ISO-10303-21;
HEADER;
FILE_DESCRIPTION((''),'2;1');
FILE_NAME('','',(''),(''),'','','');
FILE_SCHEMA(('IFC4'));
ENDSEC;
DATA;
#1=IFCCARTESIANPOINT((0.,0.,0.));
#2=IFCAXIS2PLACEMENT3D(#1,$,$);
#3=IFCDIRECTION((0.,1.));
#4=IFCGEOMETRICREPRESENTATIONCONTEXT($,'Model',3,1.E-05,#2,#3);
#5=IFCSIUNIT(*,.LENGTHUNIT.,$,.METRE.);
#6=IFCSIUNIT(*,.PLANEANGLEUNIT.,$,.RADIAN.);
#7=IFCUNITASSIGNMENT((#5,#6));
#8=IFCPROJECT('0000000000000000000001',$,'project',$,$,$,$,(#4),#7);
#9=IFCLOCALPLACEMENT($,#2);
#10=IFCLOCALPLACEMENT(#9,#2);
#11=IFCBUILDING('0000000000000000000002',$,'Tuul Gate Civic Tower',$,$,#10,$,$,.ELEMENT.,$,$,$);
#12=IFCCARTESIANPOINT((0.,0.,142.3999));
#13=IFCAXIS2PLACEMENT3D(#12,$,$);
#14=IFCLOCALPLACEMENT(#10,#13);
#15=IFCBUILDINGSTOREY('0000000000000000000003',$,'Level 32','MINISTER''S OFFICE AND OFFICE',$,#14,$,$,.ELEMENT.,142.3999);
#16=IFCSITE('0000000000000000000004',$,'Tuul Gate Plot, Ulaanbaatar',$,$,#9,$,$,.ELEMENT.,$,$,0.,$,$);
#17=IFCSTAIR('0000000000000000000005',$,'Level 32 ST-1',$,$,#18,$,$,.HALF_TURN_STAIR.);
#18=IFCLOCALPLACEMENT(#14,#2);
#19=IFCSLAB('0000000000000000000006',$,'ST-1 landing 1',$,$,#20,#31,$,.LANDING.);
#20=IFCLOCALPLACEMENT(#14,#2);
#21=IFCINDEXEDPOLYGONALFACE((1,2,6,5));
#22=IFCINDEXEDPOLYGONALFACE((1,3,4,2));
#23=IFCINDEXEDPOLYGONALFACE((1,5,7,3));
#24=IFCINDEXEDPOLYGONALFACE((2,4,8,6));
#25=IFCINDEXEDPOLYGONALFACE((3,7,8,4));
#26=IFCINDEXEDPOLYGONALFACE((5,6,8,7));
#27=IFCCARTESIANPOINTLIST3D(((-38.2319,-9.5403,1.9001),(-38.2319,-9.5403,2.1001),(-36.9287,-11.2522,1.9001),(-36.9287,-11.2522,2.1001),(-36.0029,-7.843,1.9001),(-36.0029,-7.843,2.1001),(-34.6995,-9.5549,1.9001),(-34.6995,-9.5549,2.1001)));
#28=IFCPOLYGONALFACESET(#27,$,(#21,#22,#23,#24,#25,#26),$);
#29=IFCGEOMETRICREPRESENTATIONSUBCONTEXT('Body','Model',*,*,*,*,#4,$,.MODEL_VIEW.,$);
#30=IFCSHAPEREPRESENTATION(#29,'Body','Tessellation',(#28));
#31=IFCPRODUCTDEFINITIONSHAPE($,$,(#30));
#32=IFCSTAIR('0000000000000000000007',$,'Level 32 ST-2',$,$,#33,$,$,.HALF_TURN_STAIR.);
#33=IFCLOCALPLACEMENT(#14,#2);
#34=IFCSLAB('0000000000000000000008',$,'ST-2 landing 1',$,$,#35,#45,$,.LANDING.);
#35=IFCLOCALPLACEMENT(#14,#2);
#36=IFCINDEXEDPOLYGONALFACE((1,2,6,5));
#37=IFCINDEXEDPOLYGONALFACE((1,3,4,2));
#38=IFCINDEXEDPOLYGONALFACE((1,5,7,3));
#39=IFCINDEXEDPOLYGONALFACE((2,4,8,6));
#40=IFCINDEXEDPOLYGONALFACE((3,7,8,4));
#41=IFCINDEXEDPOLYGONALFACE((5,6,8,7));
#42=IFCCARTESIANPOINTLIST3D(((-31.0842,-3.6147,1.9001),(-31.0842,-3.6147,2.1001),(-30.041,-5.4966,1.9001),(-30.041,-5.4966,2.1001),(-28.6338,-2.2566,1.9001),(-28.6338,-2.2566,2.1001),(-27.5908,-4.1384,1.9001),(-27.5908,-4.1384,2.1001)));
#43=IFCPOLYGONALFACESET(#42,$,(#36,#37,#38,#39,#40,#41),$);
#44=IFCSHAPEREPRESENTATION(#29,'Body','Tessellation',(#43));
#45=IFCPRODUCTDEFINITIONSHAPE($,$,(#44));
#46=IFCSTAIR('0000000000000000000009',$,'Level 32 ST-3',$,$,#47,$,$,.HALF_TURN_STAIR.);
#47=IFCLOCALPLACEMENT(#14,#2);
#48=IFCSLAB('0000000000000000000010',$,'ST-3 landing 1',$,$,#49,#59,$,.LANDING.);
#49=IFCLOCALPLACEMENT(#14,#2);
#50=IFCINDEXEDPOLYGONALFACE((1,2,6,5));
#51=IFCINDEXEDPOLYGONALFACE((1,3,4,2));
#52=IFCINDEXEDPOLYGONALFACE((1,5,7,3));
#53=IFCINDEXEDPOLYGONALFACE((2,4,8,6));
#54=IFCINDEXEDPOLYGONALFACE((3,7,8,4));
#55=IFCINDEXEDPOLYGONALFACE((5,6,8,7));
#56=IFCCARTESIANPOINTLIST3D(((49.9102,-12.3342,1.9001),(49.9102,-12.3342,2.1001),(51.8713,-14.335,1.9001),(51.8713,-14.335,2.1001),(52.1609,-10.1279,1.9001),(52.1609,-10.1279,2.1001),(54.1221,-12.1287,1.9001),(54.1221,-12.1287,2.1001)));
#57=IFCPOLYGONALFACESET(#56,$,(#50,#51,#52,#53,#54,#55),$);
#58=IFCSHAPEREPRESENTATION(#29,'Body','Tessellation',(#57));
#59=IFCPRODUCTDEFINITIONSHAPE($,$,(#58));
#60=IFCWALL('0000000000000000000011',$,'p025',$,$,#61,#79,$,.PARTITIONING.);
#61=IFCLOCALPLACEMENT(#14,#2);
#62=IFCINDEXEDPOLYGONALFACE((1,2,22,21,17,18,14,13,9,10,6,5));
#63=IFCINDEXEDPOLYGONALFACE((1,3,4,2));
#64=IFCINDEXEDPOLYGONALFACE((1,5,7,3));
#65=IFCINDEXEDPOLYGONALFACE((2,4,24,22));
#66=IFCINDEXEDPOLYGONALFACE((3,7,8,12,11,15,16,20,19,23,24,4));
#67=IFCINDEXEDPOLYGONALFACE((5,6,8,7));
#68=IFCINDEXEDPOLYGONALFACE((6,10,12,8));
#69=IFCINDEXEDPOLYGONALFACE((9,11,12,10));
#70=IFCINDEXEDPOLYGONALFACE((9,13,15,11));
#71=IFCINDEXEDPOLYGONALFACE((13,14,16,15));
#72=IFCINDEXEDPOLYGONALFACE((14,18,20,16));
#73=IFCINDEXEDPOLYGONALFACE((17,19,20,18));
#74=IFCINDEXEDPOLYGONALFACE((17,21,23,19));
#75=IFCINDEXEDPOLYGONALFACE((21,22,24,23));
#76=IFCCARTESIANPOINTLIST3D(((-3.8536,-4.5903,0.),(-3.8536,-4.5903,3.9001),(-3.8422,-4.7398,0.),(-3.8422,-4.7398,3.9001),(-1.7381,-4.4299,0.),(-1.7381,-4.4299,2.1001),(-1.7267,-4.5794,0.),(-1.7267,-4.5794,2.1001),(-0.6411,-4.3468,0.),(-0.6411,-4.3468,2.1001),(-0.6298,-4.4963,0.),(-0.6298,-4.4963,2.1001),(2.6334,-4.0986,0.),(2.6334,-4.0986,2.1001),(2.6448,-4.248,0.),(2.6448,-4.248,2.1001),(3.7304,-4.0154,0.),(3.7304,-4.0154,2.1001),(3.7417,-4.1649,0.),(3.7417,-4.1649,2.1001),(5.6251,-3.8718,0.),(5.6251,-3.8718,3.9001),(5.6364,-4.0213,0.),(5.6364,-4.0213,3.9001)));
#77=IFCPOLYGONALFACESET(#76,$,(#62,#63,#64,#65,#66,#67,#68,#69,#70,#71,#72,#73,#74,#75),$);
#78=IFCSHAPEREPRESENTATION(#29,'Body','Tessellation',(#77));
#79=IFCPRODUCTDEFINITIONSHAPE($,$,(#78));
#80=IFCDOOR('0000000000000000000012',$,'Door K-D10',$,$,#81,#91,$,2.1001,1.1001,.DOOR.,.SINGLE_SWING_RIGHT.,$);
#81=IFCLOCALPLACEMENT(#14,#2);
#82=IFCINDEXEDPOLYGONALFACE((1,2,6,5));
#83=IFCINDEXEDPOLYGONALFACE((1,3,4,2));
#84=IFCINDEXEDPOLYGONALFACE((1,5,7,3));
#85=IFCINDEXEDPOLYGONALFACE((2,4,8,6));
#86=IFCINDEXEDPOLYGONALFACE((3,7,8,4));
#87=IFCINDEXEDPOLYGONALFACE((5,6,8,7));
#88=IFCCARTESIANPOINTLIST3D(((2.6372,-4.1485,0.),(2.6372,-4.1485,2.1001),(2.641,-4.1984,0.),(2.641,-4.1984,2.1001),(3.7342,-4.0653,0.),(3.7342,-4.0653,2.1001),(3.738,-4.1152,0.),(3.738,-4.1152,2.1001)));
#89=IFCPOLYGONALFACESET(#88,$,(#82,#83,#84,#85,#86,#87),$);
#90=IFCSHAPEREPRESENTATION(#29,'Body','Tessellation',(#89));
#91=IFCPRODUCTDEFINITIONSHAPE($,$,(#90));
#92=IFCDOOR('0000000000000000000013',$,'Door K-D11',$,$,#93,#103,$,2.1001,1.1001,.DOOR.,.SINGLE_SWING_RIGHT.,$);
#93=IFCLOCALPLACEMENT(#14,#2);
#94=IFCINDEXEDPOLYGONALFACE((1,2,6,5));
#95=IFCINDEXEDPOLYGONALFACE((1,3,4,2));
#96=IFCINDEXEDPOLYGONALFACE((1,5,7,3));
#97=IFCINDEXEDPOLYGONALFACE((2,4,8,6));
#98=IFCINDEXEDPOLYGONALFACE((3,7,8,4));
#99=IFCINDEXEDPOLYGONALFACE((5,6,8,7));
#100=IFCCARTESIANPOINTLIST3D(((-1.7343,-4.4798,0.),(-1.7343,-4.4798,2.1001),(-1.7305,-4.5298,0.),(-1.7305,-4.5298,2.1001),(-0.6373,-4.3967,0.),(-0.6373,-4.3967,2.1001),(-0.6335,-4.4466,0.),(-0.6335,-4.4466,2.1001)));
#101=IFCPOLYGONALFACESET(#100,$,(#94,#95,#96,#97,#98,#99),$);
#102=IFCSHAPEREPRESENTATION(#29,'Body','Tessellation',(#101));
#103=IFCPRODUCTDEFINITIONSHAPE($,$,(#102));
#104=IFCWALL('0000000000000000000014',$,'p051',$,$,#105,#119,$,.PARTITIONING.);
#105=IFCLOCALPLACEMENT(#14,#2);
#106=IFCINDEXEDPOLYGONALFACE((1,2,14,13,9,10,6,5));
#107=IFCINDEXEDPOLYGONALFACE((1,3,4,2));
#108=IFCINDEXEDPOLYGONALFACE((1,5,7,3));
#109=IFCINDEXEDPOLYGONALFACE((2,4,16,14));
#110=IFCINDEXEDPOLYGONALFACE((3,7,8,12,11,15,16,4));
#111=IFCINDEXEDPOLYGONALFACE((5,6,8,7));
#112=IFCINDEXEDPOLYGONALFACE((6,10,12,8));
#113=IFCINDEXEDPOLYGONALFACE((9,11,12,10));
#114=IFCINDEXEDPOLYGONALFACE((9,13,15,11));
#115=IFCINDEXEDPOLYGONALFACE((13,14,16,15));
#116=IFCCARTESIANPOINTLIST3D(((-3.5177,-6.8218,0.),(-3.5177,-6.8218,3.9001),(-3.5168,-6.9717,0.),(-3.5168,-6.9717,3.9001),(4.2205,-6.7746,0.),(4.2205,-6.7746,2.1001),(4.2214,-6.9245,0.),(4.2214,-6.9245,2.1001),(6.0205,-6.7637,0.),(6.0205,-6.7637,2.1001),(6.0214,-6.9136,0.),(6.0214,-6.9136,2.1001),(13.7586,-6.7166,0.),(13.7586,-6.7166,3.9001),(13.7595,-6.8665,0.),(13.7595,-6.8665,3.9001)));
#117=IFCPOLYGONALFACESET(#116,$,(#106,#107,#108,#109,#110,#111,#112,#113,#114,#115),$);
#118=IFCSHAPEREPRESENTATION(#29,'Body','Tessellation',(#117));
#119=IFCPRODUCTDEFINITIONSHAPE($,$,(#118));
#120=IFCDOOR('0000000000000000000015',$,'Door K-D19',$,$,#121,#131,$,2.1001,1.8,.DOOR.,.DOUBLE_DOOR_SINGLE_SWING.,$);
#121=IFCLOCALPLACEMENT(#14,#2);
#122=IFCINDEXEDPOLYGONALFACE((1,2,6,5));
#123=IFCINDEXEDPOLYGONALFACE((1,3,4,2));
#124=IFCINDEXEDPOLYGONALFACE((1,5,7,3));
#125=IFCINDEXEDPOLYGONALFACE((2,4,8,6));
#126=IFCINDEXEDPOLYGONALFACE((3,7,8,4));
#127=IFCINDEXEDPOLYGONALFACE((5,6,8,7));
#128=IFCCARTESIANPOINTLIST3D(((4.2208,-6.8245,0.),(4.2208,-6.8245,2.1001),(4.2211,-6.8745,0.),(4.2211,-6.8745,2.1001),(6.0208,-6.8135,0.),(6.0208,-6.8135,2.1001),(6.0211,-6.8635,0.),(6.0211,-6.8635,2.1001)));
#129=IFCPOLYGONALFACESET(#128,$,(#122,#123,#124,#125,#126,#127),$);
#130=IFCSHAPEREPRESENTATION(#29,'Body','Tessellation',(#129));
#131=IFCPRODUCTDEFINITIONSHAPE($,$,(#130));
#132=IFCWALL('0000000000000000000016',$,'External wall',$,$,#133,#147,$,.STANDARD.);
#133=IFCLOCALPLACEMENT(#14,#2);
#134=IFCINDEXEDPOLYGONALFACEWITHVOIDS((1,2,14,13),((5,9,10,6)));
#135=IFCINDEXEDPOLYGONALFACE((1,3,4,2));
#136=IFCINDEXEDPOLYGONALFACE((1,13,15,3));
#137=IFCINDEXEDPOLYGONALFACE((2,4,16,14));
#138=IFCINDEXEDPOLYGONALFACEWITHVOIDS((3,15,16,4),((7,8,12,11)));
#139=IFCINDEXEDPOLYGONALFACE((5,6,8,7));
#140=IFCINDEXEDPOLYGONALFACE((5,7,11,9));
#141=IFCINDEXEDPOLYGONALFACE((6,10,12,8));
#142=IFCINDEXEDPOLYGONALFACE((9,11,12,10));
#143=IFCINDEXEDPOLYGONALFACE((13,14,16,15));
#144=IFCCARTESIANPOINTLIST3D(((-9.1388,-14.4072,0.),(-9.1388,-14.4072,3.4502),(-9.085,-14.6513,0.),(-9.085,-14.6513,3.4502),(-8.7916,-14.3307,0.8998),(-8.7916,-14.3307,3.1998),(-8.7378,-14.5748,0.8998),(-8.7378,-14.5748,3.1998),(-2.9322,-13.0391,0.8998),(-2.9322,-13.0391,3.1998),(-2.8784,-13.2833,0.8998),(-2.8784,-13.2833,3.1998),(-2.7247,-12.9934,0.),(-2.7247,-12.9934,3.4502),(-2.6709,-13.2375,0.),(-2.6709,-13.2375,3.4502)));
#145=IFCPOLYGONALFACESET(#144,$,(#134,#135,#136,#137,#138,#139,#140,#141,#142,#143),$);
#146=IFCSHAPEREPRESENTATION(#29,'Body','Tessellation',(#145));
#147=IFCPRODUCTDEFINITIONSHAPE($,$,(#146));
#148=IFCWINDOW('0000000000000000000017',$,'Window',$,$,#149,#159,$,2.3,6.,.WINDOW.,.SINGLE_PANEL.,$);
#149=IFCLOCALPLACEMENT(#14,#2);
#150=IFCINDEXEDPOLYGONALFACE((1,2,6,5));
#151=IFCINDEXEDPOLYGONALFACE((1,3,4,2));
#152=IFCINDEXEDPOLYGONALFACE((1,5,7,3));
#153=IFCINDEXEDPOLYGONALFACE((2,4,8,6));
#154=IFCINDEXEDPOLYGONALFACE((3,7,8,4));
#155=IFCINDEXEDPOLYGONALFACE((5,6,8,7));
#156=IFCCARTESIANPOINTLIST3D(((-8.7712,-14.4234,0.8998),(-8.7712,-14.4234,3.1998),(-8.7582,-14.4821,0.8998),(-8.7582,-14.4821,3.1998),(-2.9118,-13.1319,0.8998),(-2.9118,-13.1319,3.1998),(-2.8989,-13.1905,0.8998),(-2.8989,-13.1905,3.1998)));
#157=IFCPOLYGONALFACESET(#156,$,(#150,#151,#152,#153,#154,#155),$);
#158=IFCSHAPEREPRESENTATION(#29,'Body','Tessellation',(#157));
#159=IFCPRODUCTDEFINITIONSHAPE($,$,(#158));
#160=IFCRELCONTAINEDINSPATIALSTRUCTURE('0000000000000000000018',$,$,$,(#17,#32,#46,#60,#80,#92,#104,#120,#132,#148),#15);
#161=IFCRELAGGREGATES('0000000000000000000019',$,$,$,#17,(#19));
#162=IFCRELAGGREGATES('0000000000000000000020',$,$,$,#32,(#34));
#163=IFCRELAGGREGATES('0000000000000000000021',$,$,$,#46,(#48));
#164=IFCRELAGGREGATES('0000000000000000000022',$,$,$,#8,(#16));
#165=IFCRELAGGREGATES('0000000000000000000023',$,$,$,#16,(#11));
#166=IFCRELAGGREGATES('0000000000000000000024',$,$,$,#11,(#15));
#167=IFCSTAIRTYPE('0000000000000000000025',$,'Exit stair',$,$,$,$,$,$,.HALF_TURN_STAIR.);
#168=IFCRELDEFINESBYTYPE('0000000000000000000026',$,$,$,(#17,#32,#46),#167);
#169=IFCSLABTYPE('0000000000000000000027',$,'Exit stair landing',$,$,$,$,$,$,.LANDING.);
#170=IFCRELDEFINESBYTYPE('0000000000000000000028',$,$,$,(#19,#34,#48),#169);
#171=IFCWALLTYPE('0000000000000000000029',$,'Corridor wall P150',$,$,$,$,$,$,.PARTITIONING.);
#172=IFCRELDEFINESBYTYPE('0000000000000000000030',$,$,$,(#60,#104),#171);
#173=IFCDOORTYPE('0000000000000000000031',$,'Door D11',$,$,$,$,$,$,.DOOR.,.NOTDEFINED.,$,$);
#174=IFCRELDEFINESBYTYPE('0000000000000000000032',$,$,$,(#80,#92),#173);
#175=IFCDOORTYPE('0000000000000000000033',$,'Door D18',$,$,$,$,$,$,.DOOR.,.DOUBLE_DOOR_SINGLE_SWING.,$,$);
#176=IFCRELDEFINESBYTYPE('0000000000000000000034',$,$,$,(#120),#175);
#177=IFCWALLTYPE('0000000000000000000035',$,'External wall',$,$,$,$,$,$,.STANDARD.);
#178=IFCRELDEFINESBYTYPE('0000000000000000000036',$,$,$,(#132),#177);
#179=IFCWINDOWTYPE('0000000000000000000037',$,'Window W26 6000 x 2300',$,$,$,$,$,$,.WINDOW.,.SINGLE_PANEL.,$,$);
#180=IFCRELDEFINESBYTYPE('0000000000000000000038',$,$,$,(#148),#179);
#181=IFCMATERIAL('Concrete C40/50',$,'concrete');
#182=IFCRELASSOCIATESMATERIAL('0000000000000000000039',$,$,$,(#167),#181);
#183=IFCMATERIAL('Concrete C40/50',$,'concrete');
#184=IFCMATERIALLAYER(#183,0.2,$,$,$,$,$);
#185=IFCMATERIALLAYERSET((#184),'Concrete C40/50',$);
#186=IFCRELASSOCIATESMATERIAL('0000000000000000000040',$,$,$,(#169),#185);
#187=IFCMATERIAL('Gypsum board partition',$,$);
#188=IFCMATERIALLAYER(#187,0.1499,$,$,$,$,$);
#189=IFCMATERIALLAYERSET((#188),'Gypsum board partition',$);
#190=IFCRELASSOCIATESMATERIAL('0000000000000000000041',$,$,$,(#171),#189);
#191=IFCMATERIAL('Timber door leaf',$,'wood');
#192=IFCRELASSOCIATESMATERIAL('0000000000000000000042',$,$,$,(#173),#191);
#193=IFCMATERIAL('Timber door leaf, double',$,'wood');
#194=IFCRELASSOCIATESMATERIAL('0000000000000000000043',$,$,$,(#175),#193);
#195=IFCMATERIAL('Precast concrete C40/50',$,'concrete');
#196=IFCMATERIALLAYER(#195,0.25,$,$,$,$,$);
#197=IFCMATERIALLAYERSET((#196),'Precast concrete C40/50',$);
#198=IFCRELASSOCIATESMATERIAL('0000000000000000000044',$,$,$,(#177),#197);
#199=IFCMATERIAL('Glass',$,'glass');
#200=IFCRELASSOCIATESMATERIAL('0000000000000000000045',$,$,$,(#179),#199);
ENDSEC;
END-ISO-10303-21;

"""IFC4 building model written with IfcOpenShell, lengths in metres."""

from ifc_helpers import new_model, si_unit, direction, frame, frame_2d, origin, place, context, subcontext, project, spatial, polyline, rectangle, outline, extrude, material, layer, layer_set, type_object, element, fill, aggregate, save


model = new_model("IFC4")

# Units and contexts
model_context = context("Model", 3, precision=1e-05, world=origin(), true_north=direction((0.0, 1.0)))
body_context = subcontext(model_context, "Body", "Model", "MODEL_VIEW")
ifc_project = project(units=[si_unit("LENGTHUNIT", "METRE"), si_unit("PLANEANGLEUNIT", "RADIAN")], contexts=[model_context])

# Site, building, storey
site_placement = place(None, origin())
site = spatial("IfcSite", under=ifc_project, at=site_placement, Name="Tuul Gate Plot, Ulaanbaatar", CompositionType="ELEMENT", RefElevation=0.0)
building_placement = place(site_placement, origin())
building = spatial("IfcBuilding", under=site, at=building_placement, Name="Tuul Gate Civic Tower", CompositionType="ELEMENT")
storey_placement = place(building_placement, frame((0.0, 0.0, 142.3999)))
storey = spatial("IfcBuildingStorey", under=building, at=storey_placement, Name="Level 32", Description="MINISTER'S OFFICE AND OFFICE", CompositionType="ELEMENT", Elevation=142.3999)

# Stairs, slabs
ifc_material_1 = material(Name="Concrete C40/50", Category="concrete")
stair_type = type_object("IfcStairType", Name="Exit stair", PredefinedType="HALF_TURN_STAIR", material=ifc_material_1)
stair_1_placement = place(storey_placement, origin())
stair_1 = element("IfcStair", 1, at=stair_1_placement, inside=storey, type_object=stair_type, Name="Level 32 ST-1", PredefinedType="HALF_TURN_STAIR")
ifc_material_2 = material(Name="Concrete C40/50", Category="concrete")
ifc_layer_1 = layer(ifc_material_2, 0.2)
ifc_layer_set_1 = layer_set([ifc_layer_1], Name="Concrete C40/50")
slab_type = type_object("IfcSlabType", Name="Exit stair landing", PredefinedType="LANDING", material=ifc_layer_set_1)
slab_1_placement = place(storey_placement, frame((0.0, 0.0, 1.9001)))
slab_1 = element("IfcSlab", 2, at=slab_1_placement, type_object=slab_type, Name="ST-1 landing 1", PredefinedType="LANDING", context=body_context, shape_type="SweptSolid", body=[
    extrude(outline(polyline([(-34.6995, -9.5549), (-36.9287, -11.2522), (-38.2319, -9.5403), (-36.0029, -7.843), (-34.6995, -9.5549)])), origin(), (0.0, 0.0, 1.0), 0.2),
])
aggregate(stair_1, [slab_1])
stair_2_placement = place(storey_placement, origin())
stair_2 = element("IfcStair", 3, at=stair_2_placement, inside=storey, type_object=stair_type, Name="Level 32 ST-2", PredefinedType="HALF_TURN_STAIR")
slab_2_placement = place(storey_placement, frame((0.0, 0.0, 1.9001)))
slab_2 = element("IfcSlab", 4, at=slab_2_placement, type_object=slab_type, Name="ST-2 landing 1", PredefinedType="LANDING", context=body_context, shape_type="SweptSolid", body=[
    extrude(outline(polyline([(-27.5908, -4.1384), (-30.041, -5.4966), (-31.0842, -3.6147), (-28.6338, -2.2566), (-27.5908, -4.1384)])), origin(), (0.0, 0.0, 1.0), 0.2),
])
aggregate(stair_2, [slab_2])
stair_3_placement = place(storey_placement, origin())
stair_3 = element("IfcStair", 5, at=stair_3_placement, inside=storey, type_object=stair_type, Name="Level 32 ST-3", PredefinedType="HALF_TURN_STAIR")
slab_3_placement = place(storey_placement, frame((0.0, 0.0, 1.9001)))
slab_3 = element("IfcSlab", 6, at=slab_3_placement, type_object=slab_type, Name="ST-3 landing 1", PredefinedType="LANDING", context=body_context, shape_type="SweptSolid", body=[
    extrude(outline(polyline([(51.8713, -14.335), (49.9102, -12.3342), (52.1609, -10.1279), (54.1221, -12.1287), (51.8713, -14.335)])), origin(), (0.0, 0.0, 1.0), 0.2),
])
aggregate(stair_3, [slab_3])

# Wall, openings, doors
ifc_material_3 = material(Name="Gypsum board partition")
ifc_layer_2 = layer(ifc_material_3, 0.1499)
ifc_layer_set_2 = layer_set([ifc_layer_2], Name="Gypsum board partition")
wall_type_1 = type_object("IfcWallType", Name="Corridor wall P150", PredefinedType="PARTITIONING", material=ifc_layer_set_2)
wall_1_placement = place(storey_placement, frame((-3.8479, -4.665, 0.0), z_axis=(0.0, 0.0, 1.0), x_axis=(0.997139, 0.075585, 0.0)))
wall_1 = element("IfcWall", 7, at=wall_1_placement, inside=storey, type_object=wall_type_1, Name="p025", PredefinedType="PARTITIONING", context=body_context, shape_type="SweptSolid", body=[
    extrude(rectangle(XDim=9.5059, YDim=0.1499, at=frame_2d((4.7529, 0.0))), origin(), (0.0, 0.0, 1.0), 3.9001),
])
opening_1_placement = place(wall_1_placement, frame((6.5056, 0.0, 0.0)))
opening_1 = element("IfcOpeningElement", 8, at=opening_1_placement, cuts=wall_1, PredefinedType="OPENING", context=body_context, shape_type="SweptSolid", body=[
    extrude(rectangle(XDim=1.1001, YDim=2.1001, at=frame_2d((0.55, 1.05))), frame((0.0, 0.085, 0.0), z_axis=(0.0, -1.0, 0.0), x_axis=(1.0, 0.0, 0.0)), (0.0, 0.0, 1.0), 0.1699),
])
opening_2_placement = place(wall_1_placement, frame((2.1216, 0.0, 0.0)))
opening_2 = element("IfcOpeningElement", 9, at=opening_2_placement, cuts=wall_1, PredefinedType="OPENING", context=body_context, shape_type="SweptSolid", body=[
    extrude(rectangle(XDim=1.1001, YDim=2.1001, at=frame_2d((0.55, 1.05))), frame((0.0, 0.085, 0.0), z_axis=(0.0, -1.0, 0.0), x_axis=(1.0, 0.0, 0.0)), (0.0, 0.0, 1.0), 0.1699),
])
ifc_material_4 = material(Name="Timber door leaf", Category="wood")
door_type_1 = type_object("IfcDoorType", Name="Door D11", OperationType="NOTDEFINED", PredefinedType="DOOR", material=ifc_material_4)
door_1_placement = place(opening_1_placement, origin())
door_1 = element("IfcDoor", 10, at=door_1_placement, inside=storey, type_object=door_type_1, Name="Door K-D10", OperationType="SINGLE_SWING_RIGHT", OverallHeight=2.1001, OverallWidth=1.1001, PredefinedType="DOOR", context=body_context, shape_type="SweptSolid", body=[
    extrude(rectangle(XDim=1.1001, YDim=2.1001, at=frame_2d((0.55, 1.05))), frame((0.0, 0.0249, 0.0), z_axis=(0.0, -1.0, 0.0), x_axis=(1.0, 0.0, 0.0)), (0.0, 0.0, 1.0), 0.05),
])
fill(opening_1, door_1)
door_2_placement = place(opening_2_placement, origin())
door_2 = element("IfcDoor", 11, at=door_2_placement, inside=storey, type_object=door_type_1, Name="Door K-D11", OperationType="SINGLE_SWING_RIGHT", OverallHeight=2.1001, OverallWidth=1.1001, PredefinedType="DOOR", context=body_context, shape_type="SweptSolid", body=[
    extrude(rectangle(XDim=1.1001, YDim=2.1001, at=frame_2d((0.55, 1.05))), frame((0.0, 0.0249, 0.0), z_axis=(0.0, -1.0, 0.0), x_axis=(1.0, 0.0, 0.0)), (0.0, 0.0, 1.0), 0.05),
])
fill(opening_2, door_2)

# Wall, opening, door
wall_2_placement = place(storey_placement, frame((-3.5171, -6.8967, 0.0), z_axis=(0.0, 0.0, 1.0), x_axis=(0.999981, 0.006091, 0.0)))
wall_2 = element("IfcWall", 12, at=wall_2_placement, inside=storey, type_object=wall_type_1, Name="p051", PredefinedType="PARTITIONING", context=body_context, shape_type="SweptSolid", body=[
    extrude(rectangle(XDim=17.2766, YDim=0.1499, at=frame_2d((8.6382, 0.0))), origin(), (0.0, 0.0, 1.0), 3.9001),
])
opening_3_placement = place(wall_2_placement, frame((7.7383, 0.0, 0.0)))
opening_3 = element("IfcOpeningElement", 13, at=opening_3_placement, cuts=wall_2, PredefinedType="OPENING", context=body_context, shape_type="SweptSolid", body=[
    extrude(rectangle(XDim=1.8, YDim=2.1001, at=frame_2d((0.8999, 1.05))), frame((0.0, 0.085, 0.0), z_axis=(0.0, -1.0, 0.0), x_axis=(1.0, 0.0, 0.0)), (0.0, 0.0, 1.0), 0.1699),
])
ifc_material_5 = material(Name="Timber door leaf, double", Category="wood")
door_type_2 = type_object("IfcDoorType", Name="Door D18", OperationType="DOUBLE_DOOR_SINGLE_SWING", PredefinedType="DOOR", material=ifc_material_5)
door_3_placement = place(opening_3_placement, frame((1.8, 0.0, 0.0), z_axis=(0.0, 0.0, 1.0), x_axis=(-1.0, 0.0, 0.0)))
door_3 = element("IfcDoor", 14, at=door_3_placement, inside=storey, type_object=door_type_2, Name="Door K-D19", OperationType="DOUBLE_DOOR_SINGLE_SWING", OverallHeight=2.1001, OverallWidth=1.8, PredefinedType="DOOR", context=body_context, shape_type="SweptSolid", body=[
    extrude(rectangle(XDim=1.8, YDim=2.1001, at=frame_2d((0.9001, 1.05))), frame((0.0, 0.0249, 0.0), z_axis=(0.0, -1.0, 0.0), x_axis=(1.0, 0.0, 0.0)), (0.0, 0.0, 1.0), 0.05),
])
fill(opening_3, door_3)

# Wall, opening, window
ifc_material_6 = material(Name="Precast concrete C40/50", Category="concrete")
ifc_layer_3 = layer(ifc_material_6, 0.25)
ifc_layer_set_3 = layer_set([ifc_layer_3], Name="Precast concrete C40/50")
wall_type_2 = type_object("IfcWallType", Name="External wall", PredefinedType="STANDARD", material=ifc_layer_set_3)
wall_3_placement = place(storey_placement, frame((-9.1121, -14.5293, 0.0), z_axis=(0.0, 0.0, 1.0), x_axis=(0.976557, 0.215257, 0.0)))
wall_3 = element("IfcWall", 15, at=wall_3_placement, inside=storey, type_object=wall_type_2, Name="External wall", PredefinedType="STANDARD", context=body_context, shape_type="SweptSolid", body=[
    extrude(rectangle(XDim=6.5681, YDim=0.25, at=frame_2d((3.2842, 0.0))), origin(), (0.0, 0.0, 1.0), 3.4502),
])
opening_4_placement = place(wall_3_placement, frame((0.3557, 0.0, 0.8999)))
opening_4 = element("IfcOpeningElement", 16, at=opening_4_placement, cuts=wall_3, PredefinedType="OPENING", context=body_context, shape_type="SweptSolid", body=[
    extrude(rectangle(XDim=6.0, YDim=2.3, at=frame_2d((3.0, 1.1499))), frame((0.0, 0.135, 0.0), z_axis=(0.0, -1.0, 0.0), x_axis=(1.0, 0.0, 0.0)), (0.0, 0.0, 1.0), 0.27),
])
ifc_material_7 = material(Name="Glass", Category="glass")
window_type = type_object("IfcWindowType", Name="Window W26 6000 x 2300", PartitioningType="SINGLE_PANEL", PredefinedType="WINDOW", material=ifc_material_7)
window_1_placement = place(opening_4_placement, origin())
window_1 = element("IfcWindow", 17, at=window_1_placement, inside=storey, type_object=window_type, Name="Window", OverallHeight=2.3, OverallWidth=6.0, PartitioningType="SINGLE_PANEL", PredefinedType="WINDOW", context=body_context, shape_type="SweptSolid", body=[
    extrude(rectangle(XDim=6.0, YDim=2.3, at=frame_2d((3.0, 1.1499))), frame((0.0, 0.03, 0.0), z_axis=(0.0, -1.0, 0.0), x_axis=(1.0, 0.0, 0.0)), (0.0, 0.0, 1.0), 0.0601),
])
fill(opening_4, window_1)

save(model, "model.ifc")
